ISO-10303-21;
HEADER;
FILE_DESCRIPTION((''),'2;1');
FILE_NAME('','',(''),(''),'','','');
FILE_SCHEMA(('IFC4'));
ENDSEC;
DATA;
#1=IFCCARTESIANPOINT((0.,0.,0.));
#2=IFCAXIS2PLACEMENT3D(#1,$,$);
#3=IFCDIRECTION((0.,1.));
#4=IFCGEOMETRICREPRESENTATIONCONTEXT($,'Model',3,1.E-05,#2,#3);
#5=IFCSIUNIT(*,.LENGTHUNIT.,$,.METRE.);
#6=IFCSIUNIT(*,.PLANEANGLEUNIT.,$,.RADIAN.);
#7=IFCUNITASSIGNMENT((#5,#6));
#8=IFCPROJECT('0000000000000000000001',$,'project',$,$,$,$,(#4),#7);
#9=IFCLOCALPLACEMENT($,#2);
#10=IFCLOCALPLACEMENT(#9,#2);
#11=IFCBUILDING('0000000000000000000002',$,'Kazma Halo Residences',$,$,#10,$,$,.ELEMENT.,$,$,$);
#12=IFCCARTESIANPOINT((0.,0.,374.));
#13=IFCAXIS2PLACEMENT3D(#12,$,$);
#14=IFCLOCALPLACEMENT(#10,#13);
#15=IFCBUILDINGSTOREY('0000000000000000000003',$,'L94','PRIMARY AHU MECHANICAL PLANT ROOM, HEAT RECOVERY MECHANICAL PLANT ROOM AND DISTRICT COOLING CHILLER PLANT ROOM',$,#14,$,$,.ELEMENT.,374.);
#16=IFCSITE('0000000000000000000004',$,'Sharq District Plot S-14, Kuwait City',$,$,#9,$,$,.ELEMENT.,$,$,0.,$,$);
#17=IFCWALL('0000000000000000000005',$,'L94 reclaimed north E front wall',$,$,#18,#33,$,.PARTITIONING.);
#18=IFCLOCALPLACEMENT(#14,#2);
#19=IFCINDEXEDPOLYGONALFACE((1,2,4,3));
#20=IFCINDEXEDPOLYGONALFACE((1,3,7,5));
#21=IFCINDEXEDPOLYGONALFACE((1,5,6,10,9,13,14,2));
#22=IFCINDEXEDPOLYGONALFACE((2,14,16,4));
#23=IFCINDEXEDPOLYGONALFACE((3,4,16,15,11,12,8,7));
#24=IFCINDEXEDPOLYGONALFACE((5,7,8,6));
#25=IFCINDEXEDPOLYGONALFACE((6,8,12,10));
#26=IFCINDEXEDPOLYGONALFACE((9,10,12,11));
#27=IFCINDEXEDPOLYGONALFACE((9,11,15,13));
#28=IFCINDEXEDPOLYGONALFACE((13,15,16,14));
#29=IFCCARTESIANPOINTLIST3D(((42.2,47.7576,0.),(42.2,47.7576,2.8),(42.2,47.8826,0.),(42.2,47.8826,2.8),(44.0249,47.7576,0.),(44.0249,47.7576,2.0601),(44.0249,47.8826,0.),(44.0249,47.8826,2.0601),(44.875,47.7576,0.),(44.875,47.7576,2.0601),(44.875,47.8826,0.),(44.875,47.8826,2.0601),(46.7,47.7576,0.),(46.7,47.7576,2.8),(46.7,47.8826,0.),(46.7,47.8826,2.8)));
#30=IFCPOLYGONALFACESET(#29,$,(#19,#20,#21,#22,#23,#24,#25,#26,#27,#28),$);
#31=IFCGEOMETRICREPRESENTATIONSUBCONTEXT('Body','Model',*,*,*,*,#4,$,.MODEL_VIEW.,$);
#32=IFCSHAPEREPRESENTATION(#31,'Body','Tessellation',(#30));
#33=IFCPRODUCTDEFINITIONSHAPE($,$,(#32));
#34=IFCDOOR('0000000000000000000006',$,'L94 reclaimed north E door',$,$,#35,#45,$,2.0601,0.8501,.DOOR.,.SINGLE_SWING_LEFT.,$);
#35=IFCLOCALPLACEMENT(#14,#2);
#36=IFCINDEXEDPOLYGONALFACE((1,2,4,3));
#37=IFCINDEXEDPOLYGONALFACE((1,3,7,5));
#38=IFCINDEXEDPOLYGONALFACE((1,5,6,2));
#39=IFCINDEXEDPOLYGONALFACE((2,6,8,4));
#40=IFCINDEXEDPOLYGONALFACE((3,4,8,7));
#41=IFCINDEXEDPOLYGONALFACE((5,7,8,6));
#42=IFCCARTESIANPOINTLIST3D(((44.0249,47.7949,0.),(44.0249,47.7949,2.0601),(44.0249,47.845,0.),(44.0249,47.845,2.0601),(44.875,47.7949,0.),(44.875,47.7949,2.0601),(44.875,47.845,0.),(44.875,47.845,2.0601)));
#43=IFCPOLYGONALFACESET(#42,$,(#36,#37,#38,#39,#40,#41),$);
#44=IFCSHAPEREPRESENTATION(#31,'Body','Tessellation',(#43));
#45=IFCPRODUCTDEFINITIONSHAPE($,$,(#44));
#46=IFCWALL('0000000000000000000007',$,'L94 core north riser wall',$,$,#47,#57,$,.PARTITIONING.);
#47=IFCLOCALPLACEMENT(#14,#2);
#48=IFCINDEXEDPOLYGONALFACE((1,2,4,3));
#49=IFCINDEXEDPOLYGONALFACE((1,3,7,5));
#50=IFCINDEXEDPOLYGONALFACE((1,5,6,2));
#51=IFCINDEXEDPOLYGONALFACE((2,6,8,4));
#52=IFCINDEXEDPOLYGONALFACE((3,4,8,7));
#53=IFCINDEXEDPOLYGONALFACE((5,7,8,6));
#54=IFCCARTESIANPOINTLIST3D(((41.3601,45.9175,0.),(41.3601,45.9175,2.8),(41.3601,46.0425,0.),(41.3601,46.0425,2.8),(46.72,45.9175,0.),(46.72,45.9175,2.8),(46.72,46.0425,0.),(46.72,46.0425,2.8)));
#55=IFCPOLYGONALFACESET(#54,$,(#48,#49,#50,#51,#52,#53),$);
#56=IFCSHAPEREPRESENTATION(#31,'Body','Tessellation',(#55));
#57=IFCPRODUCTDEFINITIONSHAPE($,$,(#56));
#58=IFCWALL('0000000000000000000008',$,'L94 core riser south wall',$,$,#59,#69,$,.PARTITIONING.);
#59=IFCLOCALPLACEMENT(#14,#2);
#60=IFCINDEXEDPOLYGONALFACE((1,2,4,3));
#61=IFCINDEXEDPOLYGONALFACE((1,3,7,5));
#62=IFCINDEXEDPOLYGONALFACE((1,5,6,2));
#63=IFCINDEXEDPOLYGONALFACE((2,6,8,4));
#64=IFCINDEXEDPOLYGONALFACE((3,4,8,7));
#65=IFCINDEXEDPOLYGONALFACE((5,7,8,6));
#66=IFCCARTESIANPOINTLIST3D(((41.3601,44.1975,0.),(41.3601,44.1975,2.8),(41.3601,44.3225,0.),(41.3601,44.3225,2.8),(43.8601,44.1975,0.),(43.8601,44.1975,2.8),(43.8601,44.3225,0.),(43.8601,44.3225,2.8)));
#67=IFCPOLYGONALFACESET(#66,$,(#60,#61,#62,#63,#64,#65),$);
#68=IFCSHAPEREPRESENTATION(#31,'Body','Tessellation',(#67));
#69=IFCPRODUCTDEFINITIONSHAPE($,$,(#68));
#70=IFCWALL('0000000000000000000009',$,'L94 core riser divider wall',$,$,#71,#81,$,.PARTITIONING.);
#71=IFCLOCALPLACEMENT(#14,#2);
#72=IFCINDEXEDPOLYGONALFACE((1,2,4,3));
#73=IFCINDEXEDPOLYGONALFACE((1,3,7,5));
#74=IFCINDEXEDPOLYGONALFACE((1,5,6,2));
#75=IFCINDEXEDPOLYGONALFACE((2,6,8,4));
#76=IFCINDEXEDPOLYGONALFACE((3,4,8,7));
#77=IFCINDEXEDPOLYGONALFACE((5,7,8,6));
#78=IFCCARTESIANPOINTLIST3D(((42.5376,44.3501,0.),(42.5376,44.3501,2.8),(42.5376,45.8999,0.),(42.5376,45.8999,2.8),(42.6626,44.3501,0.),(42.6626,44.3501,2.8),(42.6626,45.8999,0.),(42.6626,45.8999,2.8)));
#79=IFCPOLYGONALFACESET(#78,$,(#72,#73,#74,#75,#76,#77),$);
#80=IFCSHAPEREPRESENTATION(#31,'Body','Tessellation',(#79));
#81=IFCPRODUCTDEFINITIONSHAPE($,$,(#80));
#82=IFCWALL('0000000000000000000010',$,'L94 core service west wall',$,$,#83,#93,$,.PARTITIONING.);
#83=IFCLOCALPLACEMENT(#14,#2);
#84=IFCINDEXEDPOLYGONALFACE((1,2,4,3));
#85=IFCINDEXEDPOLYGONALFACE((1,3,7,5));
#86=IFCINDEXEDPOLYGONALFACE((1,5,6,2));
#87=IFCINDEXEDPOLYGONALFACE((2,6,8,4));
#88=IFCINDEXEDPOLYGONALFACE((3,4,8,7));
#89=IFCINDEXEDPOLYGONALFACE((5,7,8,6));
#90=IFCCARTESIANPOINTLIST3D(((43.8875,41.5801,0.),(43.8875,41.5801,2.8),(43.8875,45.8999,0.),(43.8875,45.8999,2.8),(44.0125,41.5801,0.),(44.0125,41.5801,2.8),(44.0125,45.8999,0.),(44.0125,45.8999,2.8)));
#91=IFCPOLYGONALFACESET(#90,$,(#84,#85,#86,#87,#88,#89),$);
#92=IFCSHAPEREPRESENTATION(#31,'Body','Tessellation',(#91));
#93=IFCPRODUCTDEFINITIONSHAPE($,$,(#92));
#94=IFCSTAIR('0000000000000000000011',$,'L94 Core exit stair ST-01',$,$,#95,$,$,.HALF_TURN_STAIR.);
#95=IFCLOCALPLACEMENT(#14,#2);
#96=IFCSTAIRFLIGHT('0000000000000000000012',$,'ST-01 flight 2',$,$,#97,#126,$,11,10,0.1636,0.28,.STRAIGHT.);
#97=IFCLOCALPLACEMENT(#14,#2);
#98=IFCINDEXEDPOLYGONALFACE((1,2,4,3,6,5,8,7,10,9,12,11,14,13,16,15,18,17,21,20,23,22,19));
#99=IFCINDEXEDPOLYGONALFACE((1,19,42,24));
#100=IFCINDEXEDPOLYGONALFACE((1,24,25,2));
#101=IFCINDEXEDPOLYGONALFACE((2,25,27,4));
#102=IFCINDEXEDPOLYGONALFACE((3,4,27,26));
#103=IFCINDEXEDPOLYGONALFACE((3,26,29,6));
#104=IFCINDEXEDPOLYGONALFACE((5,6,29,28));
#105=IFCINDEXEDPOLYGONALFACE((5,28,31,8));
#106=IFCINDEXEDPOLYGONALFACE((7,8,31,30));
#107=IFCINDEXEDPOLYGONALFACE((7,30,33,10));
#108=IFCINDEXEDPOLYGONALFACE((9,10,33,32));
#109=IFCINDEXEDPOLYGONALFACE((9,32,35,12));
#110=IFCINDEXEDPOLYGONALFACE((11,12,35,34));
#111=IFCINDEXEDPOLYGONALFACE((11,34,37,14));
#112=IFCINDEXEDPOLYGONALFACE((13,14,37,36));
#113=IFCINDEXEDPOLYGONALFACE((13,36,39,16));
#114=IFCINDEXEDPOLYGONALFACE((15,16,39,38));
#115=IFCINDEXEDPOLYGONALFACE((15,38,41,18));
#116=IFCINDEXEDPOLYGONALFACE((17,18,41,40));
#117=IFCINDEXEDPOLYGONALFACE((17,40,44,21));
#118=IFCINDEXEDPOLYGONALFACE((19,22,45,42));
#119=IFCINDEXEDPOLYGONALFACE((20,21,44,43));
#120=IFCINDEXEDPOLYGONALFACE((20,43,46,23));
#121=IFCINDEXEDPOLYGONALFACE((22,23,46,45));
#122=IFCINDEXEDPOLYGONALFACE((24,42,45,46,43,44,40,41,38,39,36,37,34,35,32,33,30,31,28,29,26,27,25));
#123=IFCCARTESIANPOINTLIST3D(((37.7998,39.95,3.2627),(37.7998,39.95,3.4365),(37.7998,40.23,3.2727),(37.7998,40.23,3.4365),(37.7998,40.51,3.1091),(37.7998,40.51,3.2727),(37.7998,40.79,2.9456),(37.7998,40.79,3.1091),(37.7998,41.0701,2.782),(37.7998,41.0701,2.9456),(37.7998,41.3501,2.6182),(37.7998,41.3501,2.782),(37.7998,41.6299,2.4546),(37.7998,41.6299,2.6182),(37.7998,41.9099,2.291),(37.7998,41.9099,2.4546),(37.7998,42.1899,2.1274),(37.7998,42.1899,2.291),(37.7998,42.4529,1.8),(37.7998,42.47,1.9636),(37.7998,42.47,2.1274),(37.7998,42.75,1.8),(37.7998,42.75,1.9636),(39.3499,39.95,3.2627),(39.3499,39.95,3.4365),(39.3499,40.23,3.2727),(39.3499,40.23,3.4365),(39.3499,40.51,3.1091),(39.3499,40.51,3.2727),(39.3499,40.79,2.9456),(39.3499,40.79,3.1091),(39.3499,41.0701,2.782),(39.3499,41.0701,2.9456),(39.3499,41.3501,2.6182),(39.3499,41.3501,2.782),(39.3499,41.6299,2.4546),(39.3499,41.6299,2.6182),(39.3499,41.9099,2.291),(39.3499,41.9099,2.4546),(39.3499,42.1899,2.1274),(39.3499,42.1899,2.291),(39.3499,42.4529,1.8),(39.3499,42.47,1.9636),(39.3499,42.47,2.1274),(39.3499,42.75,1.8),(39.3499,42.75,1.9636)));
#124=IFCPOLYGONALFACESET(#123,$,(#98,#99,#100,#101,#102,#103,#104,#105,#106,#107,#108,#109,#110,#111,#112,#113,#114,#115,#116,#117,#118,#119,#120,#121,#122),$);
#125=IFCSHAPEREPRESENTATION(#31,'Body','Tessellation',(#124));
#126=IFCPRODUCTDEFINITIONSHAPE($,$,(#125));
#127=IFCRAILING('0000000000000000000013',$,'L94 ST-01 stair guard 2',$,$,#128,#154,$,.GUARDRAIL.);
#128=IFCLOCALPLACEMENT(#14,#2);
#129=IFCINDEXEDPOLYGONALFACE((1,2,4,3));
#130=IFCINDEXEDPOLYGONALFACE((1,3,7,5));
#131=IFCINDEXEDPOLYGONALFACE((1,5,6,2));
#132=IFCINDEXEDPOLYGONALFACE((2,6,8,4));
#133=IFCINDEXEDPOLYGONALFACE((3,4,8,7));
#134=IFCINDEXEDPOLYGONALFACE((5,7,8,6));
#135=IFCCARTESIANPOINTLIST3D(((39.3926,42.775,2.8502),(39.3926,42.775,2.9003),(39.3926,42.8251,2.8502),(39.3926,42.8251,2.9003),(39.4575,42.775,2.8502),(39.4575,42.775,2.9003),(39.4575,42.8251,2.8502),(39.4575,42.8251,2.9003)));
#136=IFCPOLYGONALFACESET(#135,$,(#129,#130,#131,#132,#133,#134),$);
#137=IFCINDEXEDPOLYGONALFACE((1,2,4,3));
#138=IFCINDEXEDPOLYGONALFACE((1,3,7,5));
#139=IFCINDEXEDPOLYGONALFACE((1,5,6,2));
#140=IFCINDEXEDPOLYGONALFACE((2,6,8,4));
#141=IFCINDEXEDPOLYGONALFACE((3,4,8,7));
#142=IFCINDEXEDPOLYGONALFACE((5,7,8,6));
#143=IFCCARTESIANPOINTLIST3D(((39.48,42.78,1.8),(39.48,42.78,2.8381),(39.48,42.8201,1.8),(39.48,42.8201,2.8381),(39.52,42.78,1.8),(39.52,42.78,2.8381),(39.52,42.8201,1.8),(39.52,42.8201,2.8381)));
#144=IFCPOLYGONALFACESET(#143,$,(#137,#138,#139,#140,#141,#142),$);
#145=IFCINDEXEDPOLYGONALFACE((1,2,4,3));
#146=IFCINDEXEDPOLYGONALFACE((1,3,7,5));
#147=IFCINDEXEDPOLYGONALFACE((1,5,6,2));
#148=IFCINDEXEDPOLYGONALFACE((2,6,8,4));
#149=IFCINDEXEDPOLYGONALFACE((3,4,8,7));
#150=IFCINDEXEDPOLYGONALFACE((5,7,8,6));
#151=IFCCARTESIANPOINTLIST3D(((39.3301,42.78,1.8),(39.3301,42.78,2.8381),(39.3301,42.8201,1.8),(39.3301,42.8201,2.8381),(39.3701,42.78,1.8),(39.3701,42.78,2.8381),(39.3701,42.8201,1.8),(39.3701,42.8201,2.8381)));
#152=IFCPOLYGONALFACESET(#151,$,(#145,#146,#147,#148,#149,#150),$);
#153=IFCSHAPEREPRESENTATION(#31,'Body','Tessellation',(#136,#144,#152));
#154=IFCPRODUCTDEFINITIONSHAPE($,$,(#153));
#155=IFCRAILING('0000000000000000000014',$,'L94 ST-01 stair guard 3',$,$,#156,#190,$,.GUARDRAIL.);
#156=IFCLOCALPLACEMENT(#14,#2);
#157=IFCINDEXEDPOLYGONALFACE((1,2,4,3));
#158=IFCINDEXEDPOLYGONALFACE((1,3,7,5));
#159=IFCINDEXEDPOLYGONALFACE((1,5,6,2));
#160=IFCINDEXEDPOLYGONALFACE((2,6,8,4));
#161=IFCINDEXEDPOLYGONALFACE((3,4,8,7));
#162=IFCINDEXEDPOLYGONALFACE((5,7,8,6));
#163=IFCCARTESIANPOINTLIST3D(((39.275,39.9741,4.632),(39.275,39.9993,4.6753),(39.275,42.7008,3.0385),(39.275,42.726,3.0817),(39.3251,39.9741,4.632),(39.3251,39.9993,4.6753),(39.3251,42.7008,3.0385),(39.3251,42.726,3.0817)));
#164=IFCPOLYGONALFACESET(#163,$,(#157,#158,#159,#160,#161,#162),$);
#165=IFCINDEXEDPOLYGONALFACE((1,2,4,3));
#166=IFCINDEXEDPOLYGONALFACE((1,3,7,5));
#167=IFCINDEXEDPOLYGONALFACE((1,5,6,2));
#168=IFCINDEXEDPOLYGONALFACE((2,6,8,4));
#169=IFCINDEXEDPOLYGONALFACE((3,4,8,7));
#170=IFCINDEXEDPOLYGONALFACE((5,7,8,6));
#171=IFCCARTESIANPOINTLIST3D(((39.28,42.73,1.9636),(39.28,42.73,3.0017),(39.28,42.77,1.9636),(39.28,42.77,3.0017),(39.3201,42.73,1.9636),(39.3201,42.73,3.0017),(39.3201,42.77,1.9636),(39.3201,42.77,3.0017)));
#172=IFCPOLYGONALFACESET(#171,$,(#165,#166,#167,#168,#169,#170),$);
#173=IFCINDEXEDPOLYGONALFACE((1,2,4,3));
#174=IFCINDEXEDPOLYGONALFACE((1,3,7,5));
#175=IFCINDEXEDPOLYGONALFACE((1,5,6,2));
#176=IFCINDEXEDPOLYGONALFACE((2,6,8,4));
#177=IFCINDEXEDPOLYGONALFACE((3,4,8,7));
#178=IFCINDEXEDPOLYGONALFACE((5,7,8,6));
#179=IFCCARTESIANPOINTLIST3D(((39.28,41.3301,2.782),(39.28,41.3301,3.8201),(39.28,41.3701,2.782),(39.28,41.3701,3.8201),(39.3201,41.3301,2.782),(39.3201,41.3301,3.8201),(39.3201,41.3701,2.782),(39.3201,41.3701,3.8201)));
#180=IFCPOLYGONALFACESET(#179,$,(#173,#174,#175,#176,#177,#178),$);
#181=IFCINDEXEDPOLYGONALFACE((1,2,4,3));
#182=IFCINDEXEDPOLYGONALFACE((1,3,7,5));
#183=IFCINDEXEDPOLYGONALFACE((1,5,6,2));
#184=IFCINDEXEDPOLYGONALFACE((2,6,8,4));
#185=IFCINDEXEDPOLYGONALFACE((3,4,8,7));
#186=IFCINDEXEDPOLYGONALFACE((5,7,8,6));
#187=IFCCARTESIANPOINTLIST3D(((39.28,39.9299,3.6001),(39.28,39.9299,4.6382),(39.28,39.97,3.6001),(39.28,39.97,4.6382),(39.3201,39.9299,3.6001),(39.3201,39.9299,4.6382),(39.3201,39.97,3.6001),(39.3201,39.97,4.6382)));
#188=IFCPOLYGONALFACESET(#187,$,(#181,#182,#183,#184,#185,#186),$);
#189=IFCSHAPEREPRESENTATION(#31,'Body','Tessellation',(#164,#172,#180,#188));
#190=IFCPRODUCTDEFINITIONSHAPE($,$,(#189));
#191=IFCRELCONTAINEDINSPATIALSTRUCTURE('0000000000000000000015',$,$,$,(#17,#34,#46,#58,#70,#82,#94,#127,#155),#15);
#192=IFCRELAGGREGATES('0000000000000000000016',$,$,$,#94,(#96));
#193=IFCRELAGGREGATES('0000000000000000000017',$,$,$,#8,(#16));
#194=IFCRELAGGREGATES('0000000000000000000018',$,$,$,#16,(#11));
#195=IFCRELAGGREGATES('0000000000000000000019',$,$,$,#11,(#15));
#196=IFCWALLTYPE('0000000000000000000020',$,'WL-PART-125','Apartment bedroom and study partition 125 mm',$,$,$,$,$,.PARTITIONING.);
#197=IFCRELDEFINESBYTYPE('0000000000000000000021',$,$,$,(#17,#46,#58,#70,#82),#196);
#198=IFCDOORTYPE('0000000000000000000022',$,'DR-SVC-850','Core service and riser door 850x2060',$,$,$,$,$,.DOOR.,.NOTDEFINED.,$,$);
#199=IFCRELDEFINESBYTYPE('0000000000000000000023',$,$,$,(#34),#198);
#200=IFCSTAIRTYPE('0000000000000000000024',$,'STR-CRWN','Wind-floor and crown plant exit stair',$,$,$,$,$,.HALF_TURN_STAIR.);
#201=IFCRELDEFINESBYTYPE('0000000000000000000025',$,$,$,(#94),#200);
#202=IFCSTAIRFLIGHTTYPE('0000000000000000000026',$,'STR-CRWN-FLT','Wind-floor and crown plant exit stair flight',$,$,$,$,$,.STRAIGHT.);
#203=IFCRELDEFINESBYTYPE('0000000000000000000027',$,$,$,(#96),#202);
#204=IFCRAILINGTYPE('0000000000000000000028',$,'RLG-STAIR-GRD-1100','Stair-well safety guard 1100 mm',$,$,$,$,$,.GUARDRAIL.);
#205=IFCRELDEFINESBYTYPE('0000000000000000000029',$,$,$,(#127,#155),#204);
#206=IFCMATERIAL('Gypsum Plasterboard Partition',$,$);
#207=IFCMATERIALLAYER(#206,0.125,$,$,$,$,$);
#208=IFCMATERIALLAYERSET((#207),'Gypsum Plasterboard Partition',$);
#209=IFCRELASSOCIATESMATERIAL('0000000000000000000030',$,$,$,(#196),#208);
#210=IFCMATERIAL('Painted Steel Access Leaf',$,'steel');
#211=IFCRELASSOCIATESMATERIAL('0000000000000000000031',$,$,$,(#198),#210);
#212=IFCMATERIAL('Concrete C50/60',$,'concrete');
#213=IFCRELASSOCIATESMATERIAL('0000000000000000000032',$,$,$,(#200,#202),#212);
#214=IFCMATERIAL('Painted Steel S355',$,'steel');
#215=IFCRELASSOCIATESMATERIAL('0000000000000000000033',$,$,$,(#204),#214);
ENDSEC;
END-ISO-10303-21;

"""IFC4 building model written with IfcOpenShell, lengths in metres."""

from ifc_helpers import new_model, si_unit, direction, frame, frame_2d, origin, origin_2d, place, context, subcontext, project, spatial, polyline, rectangle, outline, extrude, material, layer, layer_set, type_object, element, fill, aggregate, save


model = new_model("IFC4")

# Units and contexts
model_context = context("Model", 3, precision=1e-05, world=origin(), true_north=direction((0.0, 1.0)))
body_context = subcontext(model_context, "Body", "Model", "MODEL_VIEW")
ifc_project = project(units=[si_unit("LENGTHUNIT", "METRE"), si_unit("PLANEANGLEUNIT", "RADIAN")], contexts=[model_context])

# Site, building, storey
site_placement = place(None, origin())
site = spatial("IfcSite", under=ifc_project, at=site_placement, Name="Sharq District Plot S-14, Kuwait City", CompositionType="ELEMENT", RefElevation=0.0)
building_placement = place(site_placement, origin())
building = spatial("IfcBuilding", under=site, at=building_placement, Name="Kazma Halo Residences", CompositionType="ELEMENT")
storey_placement = place(building_placement, frame((0.0, 0.0, 374.0)))
storey = spatial("IfcBuildingStorey", under=building, at=storey_placement, Name="L94", Description="PRIMARY AHU MECHANICAL PLANT ROOM, HEAT RECOVERY MECHANICAL PLANT ROOM AND DISTRICT COOLING CHILLER PLANT ROOM", CompositionType="ELEMENT", Elevation=374.0)

# Shared definitions
ifc_material_1 = material(Name="Gypsum Plasterboard Partition")
ifc_layer_1 = layer(ifc_material_1, 0.125)
ifc_layer_set_1 = layer_set([ifc_layer_1], Name="Gypsum Plasterboard Partition")
wall_type_1 = type_object("IfcWallType", Name="WL-PART-125", Description="Apartment bedroom and study partition 125 mm", PredefinedType="PARTITIONING", material=ifc_layer_set_1)

# Wall, opening, door
ifc_material_2 = material(Name="Painted Steel Access Leaf", Category="steel")
door_type_1 = type_object("IfcDoorType", Name="DR-SVC-850", Description="Core service and riser door 850x2060", OperationType="NOTDEFINED", PredefinedType="DOOR", material=ifc_material_2)
wall_1_placement = place(storey_placement, frame((42.2, 47.8201, 0.0), z_axis=(0.0, 0.0, 1.0), x_axis=(1.0, 0.0, 0.0)))
wall_1 = element("IfcWall", 1, at=wall_1_placement, inside=storey, type_object=wall_type_1, Name="L94 reclaimed north E front wall", PredefinedType="PARTITIONING", context=body_context, shape_type="SweptSolid", body=[
    extrude(rectangle(XDim=4.5, YDim=0.125, at=frame_2d((2.25, 0.0))), origin(), (0.0, 0.0, 1.0), 2.8),
])
opening_1_placement = place(wall_1_placement, frame((1.825, 0.0, 0.0)))
opening_1 = element("IfcOpeningElement", 2, at=opening_1_placement, cuts=wall_1, PredefinedType="OPENING", context=body_context, shape_type="SweptSolid", body=[
    extrude(rectangle(XDim=0.8501, YDim=2.0601, at=frame_2d((0.425, 1.03))), frame((0.0, 0.0725, 0.0), z_axis=(0.0, -1.0, 0.0), x_axis=(1.0, 0.0, 0.0)), (0.0, 0.0, 1.0), 0.145),
])
door_1_placement = place(opening_1_placement, origin())
door_1 = element("IfcDoor", 3, at=door_1_placement, inside=storey, type_object=door_type_1, Name="L94 reclaimed north E door", OperationType="SINGLE_SWING_LEFT", OverallHeight=2.0601, OverallWidth=0.8501, PredefinedType="DOOR", context=body_context, shape_type="SweptSolid", body=[
    extrude(rectangle(XDim=0.8501, YDim=2.0601, at=frame_2d((0.425, 1.03))), frame((0.0, 0.0249, 0.0), z_axis=(0.0, -1.0, 0.0), x_axis=(1.0, 0.0, 0.0)), (0.0, 0.0, 1.0), 0.05),
])
fill(opening_1, door_1)

# Walls
wall_2_placement = place(storey_placement, frame((41.3601, 45.98, 0.0), z_axis=(0.0, 0.0, 1.0), x_axis=(1.0, 0.0, 0.0)))
element("IfcWall", 4, at=wall_2_placement, inside=storey, type_object=wall_type_1, Name="L94 core north riser wall", PredefinedType="PARTITIONING", context=body_context, shape_type="SweptSolid", body=[
    extrude(rectangle(XDim=5.3599, YDim=0.125, at=frame_2d((2.6799, 0.0))), origin(), (0.0, 0.0, 1.0), 2.8),
])
wall_3_placement = place(storey_placement, frame((41.3601, 44.26, 0.0), z_axis=(0.0, 0.0, 1.0), x_axis=(1.0, 0.0, 0.0)))
element("IfcWall", 5, at=wall_3_placement, inside=storey, type_object=wall_type_1, Name="L94 core riser south wall", PredefinedType="PARTITIONING", context=body_context, shape_type="SweptSolid", body=[
    extrude(rectangle(XDim=2.5, YDim=0.125, at=frame_2d((1.25, 0.0))), origin(), (0.0, 0.0, 1.0), 2.8),
])
wall_4_placement = place(storey_placement, frame((42.6001, 44.3501, 0.0), z_axis=(0.0, 0.0, 1.0), x_axis=(0.0, 1.0, 0.0)))
element("IfcWall", 6, at=wall_4_placement, inside=storey, type_object=wall_type_1, Name="L94 core riser divider wall", PredefinedType="PARTITIONING", context=body_context, shape_type="SweptSolid", body=[
    extrude(rectangle(XDim=1.5498, YDim=0.125, at=frame_2d((0.7749, 0.0))), origin(), (0.0, 0.0, 1.0), 2.8),
])
wall_5_placement = place(storey_placement, frame((43.95, 41.5801, 0.0), z_axis=(0.0, 0.0, 1.0), x_axis=(0.0, 1.0, 0.0)))
element("IfcWall", 7, at=wall_5_placement, inside=storey, type_object=wall_type_1, Name="L94 core service west wall", PredefinedType="PARTITIONING", context=body_context, shape_type="SweptSolid", body=[
    extrude(rectangle(XDim=4.3198, YDim=0.125, at=frame_2d((2.1599, 0.0))), origin(), (0.0, 0.0, 1.0), 2.8),
])

# Stair, stair flight
ifc_material_3 = material(Name="Concrete C50/60", Category="concrete")
stair_type = type_object("IfcStairType", Name="STR-CRWN", Description="Wind-floor and crown plant exit stair", PredefinedType="HALF_TURN_STAIR", material=ifc_material_3)
stair_placement = place(storey_placement, origin())
stair = element("IfcStair", 8, at=stair_placement, inside=storey, type_object=stair_type, Name="L94 Core exit stair ST-01", PredefinedType="HALF_TURN_STAIR")
stair_flight_type = type_object("IfcStairFlightType", Name="STR-CRWN-FLT", Description="Wind-floor and crown plant exit stair flight", PredefinedType="STRAIGHT", material=ifc_material_3)
stair_flight_placement = place(storey_placement, frame((38.575, 42.75, 1.8), z_axis=(0.0, 0.0, 1.0), x_axis=(0.0, -1.0, 0.0)))
stair_flight = element("IfcStairFlight", 9, at=stair_flight_placement, type_object=stair_flight_type, Name="ST-01 flight 2", NumberOfRisers=11, NumberOfTreads=10, PredefinedType="STRAIGHT", RiserHeight=0.1636, TreadLength=0.28, context=body_context, shape_type="SweptSolid", body=[
    extrude(outline(polyline([(0.0, 0.0), (0.0, 0.1636), (0.28, 0.1636), (0.28, 0.3274), (0.5601, 0.3274), (0.5601, 0.491), (0.8401, 0.491), (0.8401, 0.6545), (1.1201, 0.6545), (1.1201, 0.8181), (1.3999, 0.8181), (1.3999, 0.9819), (1.6799, 0.9819), (1.6799, 1.1455), (1.96, 1.1455), (1.96, 1.3091), (2.24, 1.3091), (2.24, 1.4727), (2.52, 1.4727), (2.52, 1.6365), (2.8, 1.6365), (2.8, 1.8), (2.8, 1.4626), (0.2971, 0.0), (0.0, 0.0)])), frame((0.0, 0.7749, 0.0), z_axis=(0.0, -1.0, 0.0), x_axis=(1.0, 0.0, 0.0)), (0.0, 0.0, 1.0), 1.55),
])
aggregate(stair, [stair_flight])

# Railings
ifc_material_4 = material(Name="Painted Steel S355", Category="steel")
railing_type_1 = type_object("IfcRailingType", Name="RLG-STAIR-GRD-1100", Description="Stair-well safety guard 1100 mm", PredefinedType="GUARDRAIL", material=ifc_material_4)
railing_1_placement = place(storey_placement, frame((39.5, 42.8, 1.8)))
element("IfcRailing", 10, at=railing_1_placement, inside=storey, type_object=railing_type_1, Name="L94 ST-01 stair guard 2", PredefinedType="GUARDRAIL", context=body_context, shape_type="SweptSolid", body=[
    extrude(rectangle(XDim=0.05, YDim=0.05, at=origin_2d()), frame((-0.0425, 0.0, 1.0752), z_axis=(-1.0, 0.0, 0.0), x_axis=(0.0, -1.0, 0.0)), (0.0, 0.0, 1.0), 0.0649),
    extrude(rectangle(XDim=0.04, YDim=0.04, at=origin_2d()), origin(), (0.0, 0.0, 1.0), 1.0381),
    extrude(rectangle(XDim=0.04, YDim=0.04, at=origin_2d()), frame((-0.1499, 0.0, 0.0)), (0.0, 0.0, 1.0), 1.0381),
])
railing_2_placement = place(storey_placement, frame((39.3, 42.75, 1.9636)))
element("IfcRailing", 11, at=railing_2_placement, inside=storey, type_object=railing_type_1, Name="L94 ST-01 stair guard 3", PredefinedType="GUARDRAIL", context=body_context, shape_type="SweptSolid", body=[
    extrude(rectangle(XDim=0.05, YDim=0.05, at=origin_2d()), frame((0.0, -0.0366, 1.0964), z_axis=(0.0, -0.863361, 0.504587), x_axis=(1.0, 0.0, 0.0)), (0.0, 0.0, 1.0), 3.1582),
    extrude(rectangle(XDim=0.04, YDim=0.04, at=origin_2d()), origin(), (0.0, 0.0, 1.0), 1.0381),
    extrude(rectangle(XDim=0.04, YDim=0.04, at=origin_2d()), frame((0.0, -1.3999, 0.8184)), (0.0, 0.0, 1.0), 1.0381),
    extrude(rectangle(XDim=0.04, YDim=0.04, at=origin_2d()), frame((0.0, -2.8, 1.6365)), (0.0, 0.0, 1.0), 1.0381),
])

save(model, "model.ifc")
